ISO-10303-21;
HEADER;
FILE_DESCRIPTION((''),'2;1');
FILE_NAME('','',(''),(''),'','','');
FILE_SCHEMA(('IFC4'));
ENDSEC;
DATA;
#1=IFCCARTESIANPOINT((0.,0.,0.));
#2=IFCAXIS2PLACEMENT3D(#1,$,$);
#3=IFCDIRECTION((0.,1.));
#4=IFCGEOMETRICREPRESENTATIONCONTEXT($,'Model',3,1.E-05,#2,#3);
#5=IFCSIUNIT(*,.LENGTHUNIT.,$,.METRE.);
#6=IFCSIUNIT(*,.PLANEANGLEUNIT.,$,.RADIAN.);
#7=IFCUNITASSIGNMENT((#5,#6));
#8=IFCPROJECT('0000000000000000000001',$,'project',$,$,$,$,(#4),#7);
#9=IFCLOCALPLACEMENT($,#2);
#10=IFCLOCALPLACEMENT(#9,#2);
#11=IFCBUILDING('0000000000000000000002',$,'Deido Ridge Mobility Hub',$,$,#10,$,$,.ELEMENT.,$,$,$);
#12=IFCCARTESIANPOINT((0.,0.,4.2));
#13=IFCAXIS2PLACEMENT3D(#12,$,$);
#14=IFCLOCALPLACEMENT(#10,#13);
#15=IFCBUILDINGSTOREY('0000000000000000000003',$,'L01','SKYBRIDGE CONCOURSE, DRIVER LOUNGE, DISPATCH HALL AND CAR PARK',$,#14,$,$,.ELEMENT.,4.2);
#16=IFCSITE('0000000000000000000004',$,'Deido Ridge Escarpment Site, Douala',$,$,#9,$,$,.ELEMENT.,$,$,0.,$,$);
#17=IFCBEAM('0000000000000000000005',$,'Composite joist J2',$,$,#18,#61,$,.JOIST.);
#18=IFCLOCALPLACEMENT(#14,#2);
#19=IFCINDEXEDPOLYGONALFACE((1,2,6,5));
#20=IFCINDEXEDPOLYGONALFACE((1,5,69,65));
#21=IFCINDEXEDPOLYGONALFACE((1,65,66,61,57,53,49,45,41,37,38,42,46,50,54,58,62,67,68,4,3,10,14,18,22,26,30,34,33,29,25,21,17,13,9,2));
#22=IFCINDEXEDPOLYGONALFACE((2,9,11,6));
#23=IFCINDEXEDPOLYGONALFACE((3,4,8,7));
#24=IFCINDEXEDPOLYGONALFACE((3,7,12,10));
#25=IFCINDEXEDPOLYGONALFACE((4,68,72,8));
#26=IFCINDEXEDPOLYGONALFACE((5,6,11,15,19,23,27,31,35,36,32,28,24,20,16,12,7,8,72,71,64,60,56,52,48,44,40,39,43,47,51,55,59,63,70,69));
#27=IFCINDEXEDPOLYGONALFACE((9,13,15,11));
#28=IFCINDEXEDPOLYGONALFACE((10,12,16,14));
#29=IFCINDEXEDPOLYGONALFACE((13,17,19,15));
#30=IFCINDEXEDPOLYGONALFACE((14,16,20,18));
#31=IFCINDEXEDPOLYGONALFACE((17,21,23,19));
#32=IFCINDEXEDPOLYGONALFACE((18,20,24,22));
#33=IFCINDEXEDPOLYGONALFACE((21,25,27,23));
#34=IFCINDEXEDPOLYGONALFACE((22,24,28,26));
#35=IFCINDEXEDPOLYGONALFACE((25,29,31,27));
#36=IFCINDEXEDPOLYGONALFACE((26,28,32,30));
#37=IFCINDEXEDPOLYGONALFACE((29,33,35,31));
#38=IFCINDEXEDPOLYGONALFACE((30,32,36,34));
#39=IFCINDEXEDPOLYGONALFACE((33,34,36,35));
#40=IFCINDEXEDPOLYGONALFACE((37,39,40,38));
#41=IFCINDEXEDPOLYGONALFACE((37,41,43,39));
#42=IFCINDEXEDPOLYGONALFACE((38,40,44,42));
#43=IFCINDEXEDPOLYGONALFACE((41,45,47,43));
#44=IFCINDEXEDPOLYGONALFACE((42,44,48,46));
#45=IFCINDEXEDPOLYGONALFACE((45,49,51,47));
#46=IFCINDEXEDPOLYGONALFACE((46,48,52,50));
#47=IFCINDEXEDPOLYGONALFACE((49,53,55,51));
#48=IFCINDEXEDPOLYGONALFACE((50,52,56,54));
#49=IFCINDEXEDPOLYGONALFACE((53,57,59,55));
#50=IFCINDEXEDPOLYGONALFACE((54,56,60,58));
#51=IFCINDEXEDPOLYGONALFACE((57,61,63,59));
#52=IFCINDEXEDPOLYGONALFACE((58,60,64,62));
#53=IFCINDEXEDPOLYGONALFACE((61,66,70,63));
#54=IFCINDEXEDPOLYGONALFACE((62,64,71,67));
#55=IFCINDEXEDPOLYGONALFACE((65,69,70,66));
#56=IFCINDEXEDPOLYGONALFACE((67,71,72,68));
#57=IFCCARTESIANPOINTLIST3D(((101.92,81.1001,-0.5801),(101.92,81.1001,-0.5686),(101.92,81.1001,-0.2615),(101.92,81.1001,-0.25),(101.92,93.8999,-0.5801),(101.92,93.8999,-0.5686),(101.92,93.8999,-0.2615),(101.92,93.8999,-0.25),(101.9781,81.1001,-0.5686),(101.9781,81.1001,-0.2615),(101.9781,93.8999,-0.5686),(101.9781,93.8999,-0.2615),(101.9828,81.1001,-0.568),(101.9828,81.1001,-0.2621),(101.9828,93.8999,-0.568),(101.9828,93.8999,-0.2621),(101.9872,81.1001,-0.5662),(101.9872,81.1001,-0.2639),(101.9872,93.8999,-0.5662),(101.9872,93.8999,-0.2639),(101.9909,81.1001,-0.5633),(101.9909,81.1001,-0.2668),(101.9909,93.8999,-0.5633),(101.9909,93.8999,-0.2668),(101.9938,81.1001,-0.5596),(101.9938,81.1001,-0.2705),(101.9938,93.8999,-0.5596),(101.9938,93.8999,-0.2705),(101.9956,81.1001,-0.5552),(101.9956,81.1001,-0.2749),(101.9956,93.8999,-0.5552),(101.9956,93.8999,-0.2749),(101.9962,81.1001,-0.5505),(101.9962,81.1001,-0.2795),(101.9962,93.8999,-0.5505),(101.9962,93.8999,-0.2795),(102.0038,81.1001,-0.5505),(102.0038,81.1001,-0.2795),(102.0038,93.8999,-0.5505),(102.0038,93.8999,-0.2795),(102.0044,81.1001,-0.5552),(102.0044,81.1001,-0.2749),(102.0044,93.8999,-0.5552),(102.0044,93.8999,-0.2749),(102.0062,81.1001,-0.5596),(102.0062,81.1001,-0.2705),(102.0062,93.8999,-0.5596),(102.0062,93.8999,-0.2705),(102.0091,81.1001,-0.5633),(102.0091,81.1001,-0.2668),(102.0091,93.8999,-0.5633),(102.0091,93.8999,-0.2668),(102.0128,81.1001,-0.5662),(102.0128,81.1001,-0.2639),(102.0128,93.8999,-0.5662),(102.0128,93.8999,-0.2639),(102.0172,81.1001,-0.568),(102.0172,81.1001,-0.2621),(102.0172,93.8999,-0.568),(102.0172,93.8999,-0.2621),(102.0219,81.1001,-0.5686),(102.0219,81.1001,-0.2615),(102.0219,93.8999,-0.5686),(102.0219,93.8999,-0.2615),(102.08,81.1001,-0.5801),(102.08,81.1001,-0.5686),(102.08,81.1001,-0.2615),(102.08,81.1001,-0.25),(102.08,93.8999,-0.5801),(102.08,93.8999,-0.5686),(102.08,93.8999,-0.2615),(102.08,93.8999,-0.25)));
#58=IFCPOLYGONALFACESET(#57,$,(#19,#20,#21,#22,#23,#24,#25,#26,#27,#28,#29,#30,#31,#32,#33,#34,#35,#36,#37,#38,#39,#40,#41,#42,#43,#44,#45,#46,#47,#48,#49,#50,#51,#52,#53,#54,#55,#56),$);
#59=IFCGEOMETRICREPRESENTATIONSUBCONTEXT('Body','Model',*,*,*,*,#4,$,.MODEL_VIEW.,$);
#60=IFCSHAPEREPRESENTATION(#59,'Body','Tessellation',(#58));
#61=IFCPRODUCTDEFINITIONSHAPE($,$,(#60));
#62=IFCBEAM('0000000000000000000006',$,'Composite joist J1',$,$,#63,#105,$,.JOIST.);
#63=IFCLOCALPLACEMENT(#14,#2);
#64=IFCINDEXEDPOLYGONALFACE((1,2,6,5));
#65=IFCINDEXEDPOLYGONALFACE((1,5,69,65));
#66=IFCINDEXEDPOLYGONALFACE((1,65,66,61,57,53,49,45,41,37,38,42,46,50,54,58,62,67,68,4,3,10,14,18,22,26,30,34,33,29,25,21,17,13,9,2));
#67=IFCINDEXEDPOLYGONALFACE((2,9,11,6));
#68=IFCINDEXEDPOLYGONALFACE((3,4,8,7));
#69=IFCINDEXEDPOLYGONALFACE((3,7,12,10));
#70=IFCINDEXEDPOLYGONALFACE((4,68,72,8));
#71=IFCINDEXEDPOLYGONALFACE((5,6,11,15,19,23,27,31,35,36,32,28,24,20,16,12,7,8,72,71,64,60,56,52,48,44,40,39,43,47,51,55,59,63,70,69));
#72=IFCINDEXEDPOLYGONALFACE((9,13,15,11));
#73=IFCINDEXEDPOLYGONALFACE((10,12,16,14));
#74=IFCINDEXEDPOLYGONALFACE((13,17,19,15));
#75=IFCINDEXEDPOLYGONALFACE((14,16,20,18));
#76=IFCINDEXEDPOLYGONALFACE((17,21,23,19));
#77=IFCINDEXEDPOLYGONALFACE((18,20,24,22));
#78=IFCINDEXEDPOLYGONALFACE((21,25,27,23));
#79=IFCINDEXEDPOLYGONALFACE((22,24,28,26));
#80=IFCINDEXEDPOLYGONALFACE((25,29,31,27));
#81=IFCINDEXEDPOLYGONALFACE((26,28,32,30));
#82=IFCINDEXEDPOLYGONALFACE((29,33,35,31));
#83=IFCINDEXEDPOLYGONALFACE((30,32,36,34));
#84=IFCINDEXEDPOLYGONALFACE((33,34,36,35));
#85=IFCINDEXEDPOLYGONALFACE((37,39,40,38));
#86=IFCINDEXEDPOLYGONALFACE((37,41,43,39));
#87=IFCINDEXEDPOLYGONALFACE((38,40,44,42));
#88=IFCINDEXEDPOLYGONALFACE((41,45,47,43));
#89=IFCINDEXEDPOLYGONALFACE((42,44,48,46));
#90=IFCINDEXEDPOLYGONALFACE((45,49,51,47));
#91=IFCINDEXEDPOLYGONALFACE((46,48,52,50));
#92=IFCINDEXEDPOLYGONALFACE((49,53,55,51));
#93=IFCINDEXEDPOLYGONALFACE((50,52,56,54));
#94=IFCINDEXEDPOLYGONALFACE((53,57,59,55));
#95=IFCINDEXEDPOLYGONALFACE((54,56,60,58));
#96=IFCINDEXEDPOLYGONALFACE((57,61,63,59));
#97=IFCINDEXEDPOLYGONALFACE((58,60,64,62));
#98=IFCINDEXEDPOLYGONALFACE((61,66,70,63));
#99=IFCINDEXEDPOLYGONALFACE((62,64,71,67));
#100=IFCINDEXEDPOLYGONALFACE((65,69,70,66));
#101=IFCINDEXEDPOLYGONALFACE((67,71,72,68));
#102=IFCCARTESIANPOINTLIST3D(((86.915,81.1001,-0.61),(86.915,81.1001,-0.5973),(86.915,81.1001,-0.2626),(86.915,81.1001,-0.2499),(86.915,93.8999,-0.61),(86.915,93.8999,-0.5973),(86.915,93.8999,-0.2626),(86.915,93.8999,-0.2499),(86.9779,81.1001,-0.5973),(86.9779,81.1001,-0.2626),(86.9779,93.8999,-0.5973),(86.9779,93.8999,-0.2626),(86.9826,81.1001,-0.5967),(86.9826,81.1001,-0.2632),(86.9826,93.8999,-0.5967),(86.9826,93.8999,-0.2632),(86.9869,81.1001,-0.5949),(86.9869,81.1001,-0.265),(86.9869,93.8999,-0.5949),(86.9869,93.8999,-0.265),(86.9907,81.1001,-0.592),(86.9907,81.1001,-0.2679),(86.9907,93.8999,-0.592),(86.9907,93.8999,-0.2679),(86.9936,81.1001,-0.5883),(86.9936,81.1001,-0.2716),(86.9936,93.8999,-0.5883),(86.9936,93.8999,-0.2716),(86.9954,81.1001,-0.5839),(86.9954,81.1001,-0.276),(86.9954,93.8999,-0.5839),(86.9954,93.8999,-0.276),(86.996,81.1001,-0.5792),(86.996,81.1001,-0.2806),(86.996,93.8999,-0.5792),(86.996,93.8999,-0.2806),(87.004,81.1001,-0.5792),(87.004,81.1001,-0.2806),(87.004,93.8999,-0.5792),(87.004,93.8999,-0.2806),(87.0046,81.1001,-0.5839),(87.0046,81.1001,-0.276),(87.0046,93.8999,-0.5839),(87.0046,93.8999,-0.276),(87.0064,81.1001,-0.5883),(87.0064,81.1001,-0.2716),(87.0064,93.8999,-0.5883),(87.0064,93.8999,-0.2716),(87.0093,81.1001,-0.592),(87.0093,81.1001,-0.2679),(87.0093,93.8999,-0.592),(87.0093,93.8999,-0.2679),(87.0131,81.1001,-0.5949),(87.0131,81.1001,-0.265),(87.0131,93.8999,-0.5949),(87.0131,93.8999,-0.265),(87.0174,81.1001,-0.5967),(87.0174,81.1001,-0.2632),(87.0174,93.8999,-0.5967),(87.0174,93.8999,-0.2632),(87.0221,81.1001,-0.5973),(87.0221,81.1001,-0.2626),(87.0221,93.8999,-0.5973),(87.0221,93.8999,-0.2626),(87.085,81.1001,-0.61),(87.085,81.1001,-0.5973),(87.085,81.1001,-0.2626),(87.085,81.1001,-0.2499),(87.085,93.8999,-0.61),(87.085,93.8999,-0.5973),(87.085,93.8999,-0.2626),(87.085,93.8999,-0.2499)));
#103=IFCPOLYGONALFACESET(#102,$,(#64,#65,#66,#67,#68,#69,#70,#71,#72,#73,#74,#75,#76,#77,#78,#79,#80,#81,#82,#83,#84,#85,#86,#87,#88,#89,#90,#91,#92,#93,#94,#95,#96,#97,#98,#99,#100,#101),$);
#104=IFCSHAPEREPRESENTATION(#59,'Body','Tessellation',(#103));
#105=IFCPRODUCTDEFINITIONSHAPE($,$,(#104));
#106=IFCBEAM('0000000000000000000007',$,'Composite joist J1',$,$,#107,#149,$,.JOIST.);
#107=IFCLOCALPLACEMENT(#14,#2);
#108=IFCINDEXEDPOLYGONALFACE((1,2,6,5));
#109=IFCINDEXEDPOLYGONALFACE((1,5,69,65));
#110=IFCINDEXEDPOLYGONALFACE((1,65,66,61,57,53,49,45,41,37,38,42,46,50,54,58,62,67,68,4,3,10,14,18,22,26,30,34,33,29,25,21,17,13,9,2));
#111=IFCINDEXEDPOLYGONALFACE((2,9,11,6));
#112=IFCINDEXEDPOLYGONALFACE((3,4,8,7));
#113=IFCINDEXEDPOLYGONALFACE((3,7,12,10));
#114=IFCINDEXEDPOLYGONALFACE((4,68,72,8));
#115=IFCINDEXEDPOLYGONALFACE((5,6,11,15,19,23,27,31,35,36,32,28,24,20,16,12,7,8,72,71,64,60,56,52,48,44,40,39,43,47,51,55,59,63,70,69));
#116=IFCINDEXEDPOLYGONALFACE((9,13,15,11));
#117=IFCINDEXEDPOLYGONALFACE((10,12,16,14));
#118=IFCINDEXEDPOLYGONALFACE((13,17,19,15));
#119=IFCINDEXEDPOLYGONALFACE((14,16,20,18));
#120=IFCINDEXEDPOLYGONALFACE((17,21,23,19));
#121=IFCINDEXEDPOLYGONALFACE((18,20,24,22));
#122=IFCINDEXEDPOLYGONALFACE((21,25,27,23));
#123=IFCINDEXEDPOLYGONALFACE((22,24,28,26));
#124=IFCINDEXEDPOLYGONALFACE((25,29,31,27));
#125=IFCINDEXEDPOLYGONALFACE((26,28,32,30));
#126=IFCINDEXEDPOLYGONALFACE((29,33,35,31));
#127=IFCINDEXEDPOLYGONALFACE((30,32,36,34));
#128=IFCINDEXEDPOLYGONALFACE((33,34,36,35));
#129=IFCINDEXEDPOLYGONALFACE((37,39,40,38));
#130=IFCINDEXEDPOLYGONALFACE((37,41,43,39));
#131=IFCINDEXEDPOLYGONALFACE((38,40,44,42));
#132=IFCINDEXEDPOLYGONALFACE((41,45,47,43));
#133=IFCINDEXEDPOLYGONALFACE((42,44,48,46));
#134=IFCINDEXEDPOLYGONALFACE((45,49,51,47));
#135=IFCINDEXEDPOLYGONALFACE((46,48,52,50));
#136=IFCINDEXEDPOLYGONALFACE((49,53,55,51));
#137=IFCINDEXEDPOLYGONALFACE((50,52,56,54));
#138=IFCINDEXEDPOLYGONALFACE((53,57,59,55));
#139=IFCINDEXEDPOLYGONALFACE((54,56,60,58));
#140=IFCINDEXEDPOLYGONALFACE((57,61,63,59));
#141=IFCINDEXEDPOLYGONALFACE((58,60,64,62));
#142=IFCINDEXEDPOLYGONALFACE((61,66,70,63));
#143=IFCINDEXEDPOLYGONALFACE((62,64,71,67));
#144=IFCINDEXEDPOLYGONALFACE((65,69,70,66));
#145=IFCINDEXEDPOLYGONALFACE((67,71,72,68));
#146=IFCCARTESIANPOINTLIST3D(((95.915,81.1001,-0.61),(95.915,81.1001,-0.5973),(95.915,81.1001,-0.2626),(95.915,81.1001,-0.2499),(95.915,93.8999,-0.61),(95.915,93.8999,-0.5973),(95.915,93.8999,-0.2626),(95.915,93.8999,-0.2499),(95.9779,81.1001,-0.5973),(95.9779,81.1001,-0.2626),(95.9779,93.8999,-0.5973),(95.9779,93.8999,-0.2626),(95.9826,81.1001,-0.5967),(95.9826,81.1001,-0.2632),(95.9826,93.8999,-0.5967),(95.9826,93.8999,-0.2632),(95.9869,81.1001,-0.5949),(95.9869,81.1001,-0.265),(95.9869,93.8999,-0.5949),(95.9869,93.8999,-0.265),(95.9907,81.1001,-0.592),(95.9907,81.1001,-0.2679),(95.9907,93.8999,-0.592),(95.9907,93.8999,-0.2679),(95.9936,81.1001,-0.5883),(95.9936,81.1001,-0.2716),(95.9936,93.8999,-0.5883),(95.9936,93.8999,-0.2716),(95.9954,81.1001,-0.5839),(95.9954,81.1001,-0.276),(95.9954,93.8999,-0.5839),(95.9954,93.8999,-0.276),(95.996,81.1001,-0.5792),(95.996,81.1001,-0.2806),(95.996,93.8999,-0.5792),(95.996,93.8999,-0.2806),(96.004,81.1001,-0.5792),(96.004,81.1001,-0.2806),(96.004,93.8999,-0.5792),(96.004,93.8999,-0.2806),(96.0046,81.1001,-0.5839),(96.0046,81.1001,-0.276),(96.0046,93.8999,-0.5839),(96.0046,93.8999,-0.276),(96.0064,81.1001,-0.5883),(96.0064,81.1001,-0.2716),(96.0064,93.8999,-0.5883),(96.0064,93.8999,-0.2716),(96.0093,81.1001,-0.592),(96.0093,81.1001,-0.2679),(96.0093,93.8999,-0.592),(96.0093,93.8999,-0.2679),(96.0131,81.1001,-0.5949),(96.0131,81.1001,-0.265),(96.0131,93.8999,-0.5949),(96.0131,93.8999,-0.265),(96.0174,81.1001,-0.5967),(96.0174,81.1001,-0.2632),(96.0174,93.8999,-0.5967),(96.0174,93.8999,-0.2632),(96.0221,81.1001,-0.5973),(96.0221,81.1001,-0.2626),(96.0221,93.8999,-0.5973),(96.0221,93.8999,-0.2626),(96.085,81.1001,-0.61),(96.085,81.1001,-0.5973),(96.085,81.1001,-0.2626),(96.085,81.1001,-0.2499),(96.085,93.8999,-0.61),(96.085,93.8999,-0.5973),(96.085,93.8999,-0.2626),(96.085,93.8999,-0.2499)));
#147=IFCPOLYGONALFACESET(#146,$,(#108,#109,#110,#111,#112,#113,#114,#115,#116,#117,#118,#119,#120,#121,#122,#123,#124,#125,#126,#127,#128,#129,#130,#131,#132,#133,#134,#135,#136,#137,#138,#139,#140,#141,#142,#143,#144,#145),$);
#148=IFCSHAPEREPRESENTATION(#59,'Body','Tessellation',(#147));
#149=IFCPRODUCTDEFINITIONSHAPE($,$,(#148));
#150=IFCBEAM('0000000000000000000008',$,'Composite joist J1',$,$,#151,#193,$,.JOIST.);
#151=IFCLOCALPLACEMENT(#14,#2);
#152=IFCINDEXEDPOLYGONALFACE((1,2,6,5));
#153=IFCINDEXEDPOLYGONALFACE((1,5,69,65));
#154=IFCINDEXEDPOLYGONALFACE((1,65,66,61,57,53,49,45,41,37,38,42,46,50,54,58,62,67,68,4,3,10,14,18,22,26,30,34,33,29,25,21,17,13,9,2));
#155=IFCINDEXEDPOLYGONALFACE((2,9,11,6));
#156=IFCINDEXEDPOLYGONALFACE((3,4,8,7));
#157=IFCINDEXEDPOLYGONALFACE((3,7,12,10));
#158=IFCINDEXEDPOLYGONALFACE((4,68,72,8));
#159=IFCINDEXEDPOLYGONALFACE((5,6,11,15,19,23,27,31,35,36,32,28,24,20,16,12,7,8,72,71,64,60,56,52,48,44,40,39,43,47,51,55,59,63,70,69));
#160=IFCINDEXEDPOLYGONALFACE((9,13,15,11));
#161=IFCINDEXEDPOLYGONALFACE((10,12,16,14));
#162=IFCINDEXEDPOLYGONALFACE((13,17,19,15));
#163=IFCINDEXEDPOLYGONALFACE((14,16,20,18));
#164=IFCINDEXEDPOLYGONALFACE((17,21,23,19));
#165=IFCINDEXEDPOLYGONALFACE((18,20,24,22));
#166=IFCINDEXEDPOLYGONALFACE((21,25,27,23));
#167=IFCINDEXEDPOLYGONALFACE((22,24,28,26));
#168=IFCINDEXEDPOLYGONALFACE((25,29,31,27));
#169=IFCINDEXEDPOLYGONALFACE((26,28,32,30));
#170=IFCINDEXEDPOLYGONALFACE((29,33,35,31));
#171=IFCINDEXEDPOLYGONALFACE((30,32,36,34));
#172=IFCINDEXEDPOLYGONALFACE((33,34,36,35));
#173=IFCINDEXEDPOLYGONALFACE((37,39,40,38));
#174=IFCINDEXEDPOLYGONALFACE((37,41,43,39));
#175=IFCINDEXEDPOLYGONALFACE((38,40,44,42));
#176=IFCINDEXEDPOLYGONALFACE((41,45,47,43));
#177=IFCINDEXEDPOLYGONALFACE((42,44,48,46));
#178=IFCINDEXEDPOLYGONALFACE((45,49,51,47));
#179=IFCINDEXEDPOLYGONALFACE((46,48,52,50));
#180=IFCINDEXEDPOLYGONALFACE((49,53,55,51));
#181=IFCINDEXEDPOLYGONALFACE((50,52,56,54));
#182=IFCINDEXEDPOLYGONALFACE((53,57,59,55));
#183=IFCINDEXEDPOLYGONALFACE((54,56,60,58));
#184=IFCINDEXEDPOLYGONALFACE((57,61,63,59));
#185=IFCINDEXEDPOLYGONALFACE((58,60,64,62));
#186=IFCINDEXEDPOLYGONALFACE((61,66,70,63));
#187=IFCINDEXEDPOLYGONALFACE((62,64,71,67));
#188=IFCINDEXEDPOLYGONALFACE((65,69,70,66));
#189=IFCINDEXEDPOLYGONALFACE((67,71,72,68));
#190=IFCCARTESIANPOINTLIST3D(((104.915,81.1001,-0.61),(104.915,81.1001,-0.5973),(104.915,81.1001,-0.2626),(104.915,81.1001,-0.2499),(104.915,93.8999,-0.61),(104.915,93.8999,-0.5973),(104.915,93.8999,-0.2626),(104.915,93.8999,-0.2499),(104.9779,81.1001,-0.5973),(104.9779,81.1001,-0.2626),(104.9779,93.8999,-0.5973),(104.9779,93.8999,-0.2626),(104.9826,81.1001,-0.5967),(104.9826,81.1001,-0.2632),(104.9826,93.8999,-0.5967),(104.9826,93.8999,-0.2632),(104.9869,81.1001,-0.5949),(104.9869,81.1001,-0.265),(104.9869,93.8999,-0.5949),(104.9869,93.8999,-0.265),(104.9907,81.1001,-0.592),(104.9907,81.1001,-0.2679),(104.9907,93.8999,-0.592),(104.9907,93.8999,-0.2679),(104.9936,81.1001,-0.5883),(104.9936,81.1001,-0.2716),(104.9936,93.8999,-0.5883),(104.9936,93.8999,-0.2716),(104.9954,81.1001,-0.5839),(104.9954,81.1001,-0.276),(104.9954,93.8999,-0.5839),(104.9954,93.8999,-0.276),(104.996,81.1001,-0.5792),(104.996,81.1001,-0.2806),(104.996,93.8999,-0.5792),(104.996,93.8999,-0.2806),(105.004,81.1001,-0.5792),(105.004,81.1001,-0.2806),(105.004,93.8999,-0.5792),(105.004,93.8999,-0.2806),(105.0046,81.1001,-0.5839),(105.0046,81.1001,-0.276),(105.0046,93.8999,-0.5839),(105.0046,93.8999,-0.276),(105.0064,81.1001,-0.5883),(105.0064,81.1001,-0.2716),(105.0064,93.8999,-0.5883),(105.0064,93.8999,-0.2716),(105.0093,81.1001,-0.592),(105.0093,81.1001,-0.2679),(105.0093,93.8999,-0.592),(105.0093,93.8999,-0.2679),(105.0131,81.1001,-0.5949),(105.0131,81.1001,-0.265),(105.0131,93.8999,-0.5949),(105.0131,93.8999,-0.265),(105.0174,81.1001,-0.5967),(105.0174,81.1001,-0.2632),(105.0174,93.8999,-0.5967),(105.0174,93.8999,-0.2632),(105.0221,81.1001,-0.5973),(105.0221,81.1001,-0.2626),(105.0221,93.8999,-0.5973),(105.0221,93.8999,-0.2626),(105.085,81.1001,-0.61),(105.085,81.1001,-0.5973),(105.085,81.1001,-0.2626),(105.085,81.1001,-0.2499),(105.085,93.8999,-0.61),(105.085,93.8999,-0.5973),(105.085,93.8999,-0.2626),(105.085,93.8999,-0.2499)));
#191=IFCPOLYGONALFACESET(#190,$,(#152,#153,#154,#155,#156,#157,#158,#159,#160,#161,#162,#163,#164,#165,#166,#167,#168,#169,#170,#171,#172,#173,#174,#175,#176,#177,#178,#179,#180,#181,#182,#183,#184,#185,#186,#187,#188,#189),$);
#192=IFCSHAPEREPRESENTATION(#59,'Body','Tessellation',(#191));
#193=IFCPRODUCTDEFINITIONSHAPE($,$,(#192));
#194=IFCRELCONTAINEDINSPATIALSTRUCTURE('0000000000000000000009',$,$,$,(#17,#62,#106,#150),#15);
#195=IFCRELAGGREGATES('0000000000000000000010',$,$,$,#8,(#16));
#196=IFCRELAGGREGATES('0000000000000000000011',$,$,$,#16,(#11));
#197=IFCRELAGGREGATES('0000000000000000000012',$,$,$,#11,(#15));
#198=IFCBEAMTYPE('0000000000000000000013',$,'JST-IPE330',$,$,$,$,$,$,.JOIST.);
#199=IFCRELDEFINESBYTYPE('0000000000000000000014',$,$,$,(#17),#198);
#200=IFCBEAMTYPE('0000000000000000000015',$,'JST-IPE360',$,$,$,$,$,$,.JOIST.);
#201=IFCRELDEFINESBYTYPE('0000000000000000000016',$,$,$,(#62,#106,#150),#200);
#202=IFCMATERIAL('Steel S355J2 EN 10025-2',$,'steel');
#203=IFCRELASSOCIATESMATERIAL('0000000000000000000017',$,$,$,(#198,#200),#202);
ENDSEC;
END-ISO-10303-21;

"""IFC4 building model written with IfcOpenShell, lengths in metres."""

from ifc_helpers import new_model, si_unit, direction, frame, origin, origin_2d, place, context, subcontext, project, spatial, i_section, extrude, material, material_profile, profile_set, type_object, element, save


model = new_model("IFC4")

# Units and contexts
model_context = context("Model", 3, precision=1e-05, world=origin(), true_north=direction((0.0, 1.0)))
body_context = subcontext(model_context, "Body", "Model", "MODEL_VIEW")
ifc_project = project(units=[si_unit("LENGTHUNIT", "METRE"), si_unit("PLANEANGLEUNIT", "RADIAN")], contexts=[model_context])

# Site, building, storey
site_placement = place(None, origin())
site = spatial("IfcSite", under=ifc_project, at=site_placement, Name="Deido Ridge Escarpment Site, Douala", CompositionType="ELEMENT", RefElevation=0.0)
building_placement = place(site_placement, origin())
building = spatial("IfcBuilding", under=site, at=building_placement, Name="Deido Ridge Mobility Hub", CompositionType="ELEMENT")
storey_placement = place(building_placement, frame((0.0, 0.0, 4.2)))
storey = spatial("IfcBuildingStorey", under=building, at=storey_placement, Name="L01", Description="SKYBRIDGE CONCOURSE, DRIVER LOUNGE, DISPATCH HALL AND CAR PARK", CompositionType="ELEMENT", Elevation=4.2)

# Shared definitions
ifc_material_1 = material(Name="Steel S355J2 EN 10025-2", Category="steel")

# Beams
ifc_material_profile_1 = material_profile(ifc_material_1, i_section(OverallWidth=0.1599, OverallDepth=0.3301, WebThickness=0.0076, FlangeThickness=0.0115, FilletRadius=0.0181, at=origin_2d()), Name="IPE 330")
ifc_profile_set_1 = profile_set([ifc_material_profile_1], Name="Steel S355J2 EN 10025-2")
beam_type_1 = type_object("IfcBeamType", Name="JST-IPE330", PredefinedType="JOIST", material=ifc_profile_set_1)
for number, where, z_axis, x_axis, name in (
    (1, (102.0, 81.1001, -0.415), (0.0, 1.0, 0.0), (-1.0, 0.0, 0.0), "Composite joist J2"),
):
    element("IfcBeam", number, at=place(storey_placement, frame(where, z_axis=z_axis, x_axis=x_axis)), inside=storey, type_object=beam_type_1, Name=name, PredefinedType="JOIST", context=body_context, shape_type="SweptSolid", body=[
        extrude(i_section(OverallWidth=0.1599, OverallDepth=0.3301, WebThickness=0.0076, FlangeThickness=0.0115, FilletRadius=0.0181, at=origin_2d()), origin(), (0.0, 0.0, 1.0), 12.7998),
    ])
ifc_material_profile_2 = material_profile(ifc_material_1, i_section(OverallWidth=0.1699, OverallDepth=0.3601, WebThickness=0.0081, FlangeThickness=0.0127, FilletRadius=0.0181, at=origin_2d()), Name="IPE 360")
ifc_profile_set_2 = profile_set([ifc_material_profile_2], Name="Steel S355J2 EN 10025-2")
beam_type_2 = type_object("IfcBeamType", Name="JST-IPE360", PredefinedType="JOIST", material=ifc_profile_set_2)
for number, where, z_axis, x_axis, name in (
    (2, (87.0, 81.1001, -0.4299), (0.0, 1.0, 0.0), (-1.0, 0.0, 0.0), "Composite joist J1"),
    (3, (96.0, 81.1001, -0.4299), (0.0, 1.0, 0.0), (-1.0, 0.0, 0.0), "Composite joist J1"),
    (4, (105.0, 81.1001, -0.4299), (0.0, 1.0, 0.0), (-1.0, 0.0, 0.0), "Composite joist J1"),
):
    element("IfcBeam", number, at=place(storey_placement, frame(where, z_axis=z_axis, x_axis=x_axis)), inside=storey, type_object=beam_type_2, Name=name, PredefinedType="JOIST", context=body_context, shape_type="SweptSolid", body=[
        extrude(i_section(OverallWidth=0.1699, OverallDepth=0.3601, WebThickness=0.0081, FlangeThickness=0.0127, FilletRadius=0.0181, at=origin_2d()), origin(), (0.0, 0.0, 1.0), 12.7998),
    ])

save(model, "model.ifc")
